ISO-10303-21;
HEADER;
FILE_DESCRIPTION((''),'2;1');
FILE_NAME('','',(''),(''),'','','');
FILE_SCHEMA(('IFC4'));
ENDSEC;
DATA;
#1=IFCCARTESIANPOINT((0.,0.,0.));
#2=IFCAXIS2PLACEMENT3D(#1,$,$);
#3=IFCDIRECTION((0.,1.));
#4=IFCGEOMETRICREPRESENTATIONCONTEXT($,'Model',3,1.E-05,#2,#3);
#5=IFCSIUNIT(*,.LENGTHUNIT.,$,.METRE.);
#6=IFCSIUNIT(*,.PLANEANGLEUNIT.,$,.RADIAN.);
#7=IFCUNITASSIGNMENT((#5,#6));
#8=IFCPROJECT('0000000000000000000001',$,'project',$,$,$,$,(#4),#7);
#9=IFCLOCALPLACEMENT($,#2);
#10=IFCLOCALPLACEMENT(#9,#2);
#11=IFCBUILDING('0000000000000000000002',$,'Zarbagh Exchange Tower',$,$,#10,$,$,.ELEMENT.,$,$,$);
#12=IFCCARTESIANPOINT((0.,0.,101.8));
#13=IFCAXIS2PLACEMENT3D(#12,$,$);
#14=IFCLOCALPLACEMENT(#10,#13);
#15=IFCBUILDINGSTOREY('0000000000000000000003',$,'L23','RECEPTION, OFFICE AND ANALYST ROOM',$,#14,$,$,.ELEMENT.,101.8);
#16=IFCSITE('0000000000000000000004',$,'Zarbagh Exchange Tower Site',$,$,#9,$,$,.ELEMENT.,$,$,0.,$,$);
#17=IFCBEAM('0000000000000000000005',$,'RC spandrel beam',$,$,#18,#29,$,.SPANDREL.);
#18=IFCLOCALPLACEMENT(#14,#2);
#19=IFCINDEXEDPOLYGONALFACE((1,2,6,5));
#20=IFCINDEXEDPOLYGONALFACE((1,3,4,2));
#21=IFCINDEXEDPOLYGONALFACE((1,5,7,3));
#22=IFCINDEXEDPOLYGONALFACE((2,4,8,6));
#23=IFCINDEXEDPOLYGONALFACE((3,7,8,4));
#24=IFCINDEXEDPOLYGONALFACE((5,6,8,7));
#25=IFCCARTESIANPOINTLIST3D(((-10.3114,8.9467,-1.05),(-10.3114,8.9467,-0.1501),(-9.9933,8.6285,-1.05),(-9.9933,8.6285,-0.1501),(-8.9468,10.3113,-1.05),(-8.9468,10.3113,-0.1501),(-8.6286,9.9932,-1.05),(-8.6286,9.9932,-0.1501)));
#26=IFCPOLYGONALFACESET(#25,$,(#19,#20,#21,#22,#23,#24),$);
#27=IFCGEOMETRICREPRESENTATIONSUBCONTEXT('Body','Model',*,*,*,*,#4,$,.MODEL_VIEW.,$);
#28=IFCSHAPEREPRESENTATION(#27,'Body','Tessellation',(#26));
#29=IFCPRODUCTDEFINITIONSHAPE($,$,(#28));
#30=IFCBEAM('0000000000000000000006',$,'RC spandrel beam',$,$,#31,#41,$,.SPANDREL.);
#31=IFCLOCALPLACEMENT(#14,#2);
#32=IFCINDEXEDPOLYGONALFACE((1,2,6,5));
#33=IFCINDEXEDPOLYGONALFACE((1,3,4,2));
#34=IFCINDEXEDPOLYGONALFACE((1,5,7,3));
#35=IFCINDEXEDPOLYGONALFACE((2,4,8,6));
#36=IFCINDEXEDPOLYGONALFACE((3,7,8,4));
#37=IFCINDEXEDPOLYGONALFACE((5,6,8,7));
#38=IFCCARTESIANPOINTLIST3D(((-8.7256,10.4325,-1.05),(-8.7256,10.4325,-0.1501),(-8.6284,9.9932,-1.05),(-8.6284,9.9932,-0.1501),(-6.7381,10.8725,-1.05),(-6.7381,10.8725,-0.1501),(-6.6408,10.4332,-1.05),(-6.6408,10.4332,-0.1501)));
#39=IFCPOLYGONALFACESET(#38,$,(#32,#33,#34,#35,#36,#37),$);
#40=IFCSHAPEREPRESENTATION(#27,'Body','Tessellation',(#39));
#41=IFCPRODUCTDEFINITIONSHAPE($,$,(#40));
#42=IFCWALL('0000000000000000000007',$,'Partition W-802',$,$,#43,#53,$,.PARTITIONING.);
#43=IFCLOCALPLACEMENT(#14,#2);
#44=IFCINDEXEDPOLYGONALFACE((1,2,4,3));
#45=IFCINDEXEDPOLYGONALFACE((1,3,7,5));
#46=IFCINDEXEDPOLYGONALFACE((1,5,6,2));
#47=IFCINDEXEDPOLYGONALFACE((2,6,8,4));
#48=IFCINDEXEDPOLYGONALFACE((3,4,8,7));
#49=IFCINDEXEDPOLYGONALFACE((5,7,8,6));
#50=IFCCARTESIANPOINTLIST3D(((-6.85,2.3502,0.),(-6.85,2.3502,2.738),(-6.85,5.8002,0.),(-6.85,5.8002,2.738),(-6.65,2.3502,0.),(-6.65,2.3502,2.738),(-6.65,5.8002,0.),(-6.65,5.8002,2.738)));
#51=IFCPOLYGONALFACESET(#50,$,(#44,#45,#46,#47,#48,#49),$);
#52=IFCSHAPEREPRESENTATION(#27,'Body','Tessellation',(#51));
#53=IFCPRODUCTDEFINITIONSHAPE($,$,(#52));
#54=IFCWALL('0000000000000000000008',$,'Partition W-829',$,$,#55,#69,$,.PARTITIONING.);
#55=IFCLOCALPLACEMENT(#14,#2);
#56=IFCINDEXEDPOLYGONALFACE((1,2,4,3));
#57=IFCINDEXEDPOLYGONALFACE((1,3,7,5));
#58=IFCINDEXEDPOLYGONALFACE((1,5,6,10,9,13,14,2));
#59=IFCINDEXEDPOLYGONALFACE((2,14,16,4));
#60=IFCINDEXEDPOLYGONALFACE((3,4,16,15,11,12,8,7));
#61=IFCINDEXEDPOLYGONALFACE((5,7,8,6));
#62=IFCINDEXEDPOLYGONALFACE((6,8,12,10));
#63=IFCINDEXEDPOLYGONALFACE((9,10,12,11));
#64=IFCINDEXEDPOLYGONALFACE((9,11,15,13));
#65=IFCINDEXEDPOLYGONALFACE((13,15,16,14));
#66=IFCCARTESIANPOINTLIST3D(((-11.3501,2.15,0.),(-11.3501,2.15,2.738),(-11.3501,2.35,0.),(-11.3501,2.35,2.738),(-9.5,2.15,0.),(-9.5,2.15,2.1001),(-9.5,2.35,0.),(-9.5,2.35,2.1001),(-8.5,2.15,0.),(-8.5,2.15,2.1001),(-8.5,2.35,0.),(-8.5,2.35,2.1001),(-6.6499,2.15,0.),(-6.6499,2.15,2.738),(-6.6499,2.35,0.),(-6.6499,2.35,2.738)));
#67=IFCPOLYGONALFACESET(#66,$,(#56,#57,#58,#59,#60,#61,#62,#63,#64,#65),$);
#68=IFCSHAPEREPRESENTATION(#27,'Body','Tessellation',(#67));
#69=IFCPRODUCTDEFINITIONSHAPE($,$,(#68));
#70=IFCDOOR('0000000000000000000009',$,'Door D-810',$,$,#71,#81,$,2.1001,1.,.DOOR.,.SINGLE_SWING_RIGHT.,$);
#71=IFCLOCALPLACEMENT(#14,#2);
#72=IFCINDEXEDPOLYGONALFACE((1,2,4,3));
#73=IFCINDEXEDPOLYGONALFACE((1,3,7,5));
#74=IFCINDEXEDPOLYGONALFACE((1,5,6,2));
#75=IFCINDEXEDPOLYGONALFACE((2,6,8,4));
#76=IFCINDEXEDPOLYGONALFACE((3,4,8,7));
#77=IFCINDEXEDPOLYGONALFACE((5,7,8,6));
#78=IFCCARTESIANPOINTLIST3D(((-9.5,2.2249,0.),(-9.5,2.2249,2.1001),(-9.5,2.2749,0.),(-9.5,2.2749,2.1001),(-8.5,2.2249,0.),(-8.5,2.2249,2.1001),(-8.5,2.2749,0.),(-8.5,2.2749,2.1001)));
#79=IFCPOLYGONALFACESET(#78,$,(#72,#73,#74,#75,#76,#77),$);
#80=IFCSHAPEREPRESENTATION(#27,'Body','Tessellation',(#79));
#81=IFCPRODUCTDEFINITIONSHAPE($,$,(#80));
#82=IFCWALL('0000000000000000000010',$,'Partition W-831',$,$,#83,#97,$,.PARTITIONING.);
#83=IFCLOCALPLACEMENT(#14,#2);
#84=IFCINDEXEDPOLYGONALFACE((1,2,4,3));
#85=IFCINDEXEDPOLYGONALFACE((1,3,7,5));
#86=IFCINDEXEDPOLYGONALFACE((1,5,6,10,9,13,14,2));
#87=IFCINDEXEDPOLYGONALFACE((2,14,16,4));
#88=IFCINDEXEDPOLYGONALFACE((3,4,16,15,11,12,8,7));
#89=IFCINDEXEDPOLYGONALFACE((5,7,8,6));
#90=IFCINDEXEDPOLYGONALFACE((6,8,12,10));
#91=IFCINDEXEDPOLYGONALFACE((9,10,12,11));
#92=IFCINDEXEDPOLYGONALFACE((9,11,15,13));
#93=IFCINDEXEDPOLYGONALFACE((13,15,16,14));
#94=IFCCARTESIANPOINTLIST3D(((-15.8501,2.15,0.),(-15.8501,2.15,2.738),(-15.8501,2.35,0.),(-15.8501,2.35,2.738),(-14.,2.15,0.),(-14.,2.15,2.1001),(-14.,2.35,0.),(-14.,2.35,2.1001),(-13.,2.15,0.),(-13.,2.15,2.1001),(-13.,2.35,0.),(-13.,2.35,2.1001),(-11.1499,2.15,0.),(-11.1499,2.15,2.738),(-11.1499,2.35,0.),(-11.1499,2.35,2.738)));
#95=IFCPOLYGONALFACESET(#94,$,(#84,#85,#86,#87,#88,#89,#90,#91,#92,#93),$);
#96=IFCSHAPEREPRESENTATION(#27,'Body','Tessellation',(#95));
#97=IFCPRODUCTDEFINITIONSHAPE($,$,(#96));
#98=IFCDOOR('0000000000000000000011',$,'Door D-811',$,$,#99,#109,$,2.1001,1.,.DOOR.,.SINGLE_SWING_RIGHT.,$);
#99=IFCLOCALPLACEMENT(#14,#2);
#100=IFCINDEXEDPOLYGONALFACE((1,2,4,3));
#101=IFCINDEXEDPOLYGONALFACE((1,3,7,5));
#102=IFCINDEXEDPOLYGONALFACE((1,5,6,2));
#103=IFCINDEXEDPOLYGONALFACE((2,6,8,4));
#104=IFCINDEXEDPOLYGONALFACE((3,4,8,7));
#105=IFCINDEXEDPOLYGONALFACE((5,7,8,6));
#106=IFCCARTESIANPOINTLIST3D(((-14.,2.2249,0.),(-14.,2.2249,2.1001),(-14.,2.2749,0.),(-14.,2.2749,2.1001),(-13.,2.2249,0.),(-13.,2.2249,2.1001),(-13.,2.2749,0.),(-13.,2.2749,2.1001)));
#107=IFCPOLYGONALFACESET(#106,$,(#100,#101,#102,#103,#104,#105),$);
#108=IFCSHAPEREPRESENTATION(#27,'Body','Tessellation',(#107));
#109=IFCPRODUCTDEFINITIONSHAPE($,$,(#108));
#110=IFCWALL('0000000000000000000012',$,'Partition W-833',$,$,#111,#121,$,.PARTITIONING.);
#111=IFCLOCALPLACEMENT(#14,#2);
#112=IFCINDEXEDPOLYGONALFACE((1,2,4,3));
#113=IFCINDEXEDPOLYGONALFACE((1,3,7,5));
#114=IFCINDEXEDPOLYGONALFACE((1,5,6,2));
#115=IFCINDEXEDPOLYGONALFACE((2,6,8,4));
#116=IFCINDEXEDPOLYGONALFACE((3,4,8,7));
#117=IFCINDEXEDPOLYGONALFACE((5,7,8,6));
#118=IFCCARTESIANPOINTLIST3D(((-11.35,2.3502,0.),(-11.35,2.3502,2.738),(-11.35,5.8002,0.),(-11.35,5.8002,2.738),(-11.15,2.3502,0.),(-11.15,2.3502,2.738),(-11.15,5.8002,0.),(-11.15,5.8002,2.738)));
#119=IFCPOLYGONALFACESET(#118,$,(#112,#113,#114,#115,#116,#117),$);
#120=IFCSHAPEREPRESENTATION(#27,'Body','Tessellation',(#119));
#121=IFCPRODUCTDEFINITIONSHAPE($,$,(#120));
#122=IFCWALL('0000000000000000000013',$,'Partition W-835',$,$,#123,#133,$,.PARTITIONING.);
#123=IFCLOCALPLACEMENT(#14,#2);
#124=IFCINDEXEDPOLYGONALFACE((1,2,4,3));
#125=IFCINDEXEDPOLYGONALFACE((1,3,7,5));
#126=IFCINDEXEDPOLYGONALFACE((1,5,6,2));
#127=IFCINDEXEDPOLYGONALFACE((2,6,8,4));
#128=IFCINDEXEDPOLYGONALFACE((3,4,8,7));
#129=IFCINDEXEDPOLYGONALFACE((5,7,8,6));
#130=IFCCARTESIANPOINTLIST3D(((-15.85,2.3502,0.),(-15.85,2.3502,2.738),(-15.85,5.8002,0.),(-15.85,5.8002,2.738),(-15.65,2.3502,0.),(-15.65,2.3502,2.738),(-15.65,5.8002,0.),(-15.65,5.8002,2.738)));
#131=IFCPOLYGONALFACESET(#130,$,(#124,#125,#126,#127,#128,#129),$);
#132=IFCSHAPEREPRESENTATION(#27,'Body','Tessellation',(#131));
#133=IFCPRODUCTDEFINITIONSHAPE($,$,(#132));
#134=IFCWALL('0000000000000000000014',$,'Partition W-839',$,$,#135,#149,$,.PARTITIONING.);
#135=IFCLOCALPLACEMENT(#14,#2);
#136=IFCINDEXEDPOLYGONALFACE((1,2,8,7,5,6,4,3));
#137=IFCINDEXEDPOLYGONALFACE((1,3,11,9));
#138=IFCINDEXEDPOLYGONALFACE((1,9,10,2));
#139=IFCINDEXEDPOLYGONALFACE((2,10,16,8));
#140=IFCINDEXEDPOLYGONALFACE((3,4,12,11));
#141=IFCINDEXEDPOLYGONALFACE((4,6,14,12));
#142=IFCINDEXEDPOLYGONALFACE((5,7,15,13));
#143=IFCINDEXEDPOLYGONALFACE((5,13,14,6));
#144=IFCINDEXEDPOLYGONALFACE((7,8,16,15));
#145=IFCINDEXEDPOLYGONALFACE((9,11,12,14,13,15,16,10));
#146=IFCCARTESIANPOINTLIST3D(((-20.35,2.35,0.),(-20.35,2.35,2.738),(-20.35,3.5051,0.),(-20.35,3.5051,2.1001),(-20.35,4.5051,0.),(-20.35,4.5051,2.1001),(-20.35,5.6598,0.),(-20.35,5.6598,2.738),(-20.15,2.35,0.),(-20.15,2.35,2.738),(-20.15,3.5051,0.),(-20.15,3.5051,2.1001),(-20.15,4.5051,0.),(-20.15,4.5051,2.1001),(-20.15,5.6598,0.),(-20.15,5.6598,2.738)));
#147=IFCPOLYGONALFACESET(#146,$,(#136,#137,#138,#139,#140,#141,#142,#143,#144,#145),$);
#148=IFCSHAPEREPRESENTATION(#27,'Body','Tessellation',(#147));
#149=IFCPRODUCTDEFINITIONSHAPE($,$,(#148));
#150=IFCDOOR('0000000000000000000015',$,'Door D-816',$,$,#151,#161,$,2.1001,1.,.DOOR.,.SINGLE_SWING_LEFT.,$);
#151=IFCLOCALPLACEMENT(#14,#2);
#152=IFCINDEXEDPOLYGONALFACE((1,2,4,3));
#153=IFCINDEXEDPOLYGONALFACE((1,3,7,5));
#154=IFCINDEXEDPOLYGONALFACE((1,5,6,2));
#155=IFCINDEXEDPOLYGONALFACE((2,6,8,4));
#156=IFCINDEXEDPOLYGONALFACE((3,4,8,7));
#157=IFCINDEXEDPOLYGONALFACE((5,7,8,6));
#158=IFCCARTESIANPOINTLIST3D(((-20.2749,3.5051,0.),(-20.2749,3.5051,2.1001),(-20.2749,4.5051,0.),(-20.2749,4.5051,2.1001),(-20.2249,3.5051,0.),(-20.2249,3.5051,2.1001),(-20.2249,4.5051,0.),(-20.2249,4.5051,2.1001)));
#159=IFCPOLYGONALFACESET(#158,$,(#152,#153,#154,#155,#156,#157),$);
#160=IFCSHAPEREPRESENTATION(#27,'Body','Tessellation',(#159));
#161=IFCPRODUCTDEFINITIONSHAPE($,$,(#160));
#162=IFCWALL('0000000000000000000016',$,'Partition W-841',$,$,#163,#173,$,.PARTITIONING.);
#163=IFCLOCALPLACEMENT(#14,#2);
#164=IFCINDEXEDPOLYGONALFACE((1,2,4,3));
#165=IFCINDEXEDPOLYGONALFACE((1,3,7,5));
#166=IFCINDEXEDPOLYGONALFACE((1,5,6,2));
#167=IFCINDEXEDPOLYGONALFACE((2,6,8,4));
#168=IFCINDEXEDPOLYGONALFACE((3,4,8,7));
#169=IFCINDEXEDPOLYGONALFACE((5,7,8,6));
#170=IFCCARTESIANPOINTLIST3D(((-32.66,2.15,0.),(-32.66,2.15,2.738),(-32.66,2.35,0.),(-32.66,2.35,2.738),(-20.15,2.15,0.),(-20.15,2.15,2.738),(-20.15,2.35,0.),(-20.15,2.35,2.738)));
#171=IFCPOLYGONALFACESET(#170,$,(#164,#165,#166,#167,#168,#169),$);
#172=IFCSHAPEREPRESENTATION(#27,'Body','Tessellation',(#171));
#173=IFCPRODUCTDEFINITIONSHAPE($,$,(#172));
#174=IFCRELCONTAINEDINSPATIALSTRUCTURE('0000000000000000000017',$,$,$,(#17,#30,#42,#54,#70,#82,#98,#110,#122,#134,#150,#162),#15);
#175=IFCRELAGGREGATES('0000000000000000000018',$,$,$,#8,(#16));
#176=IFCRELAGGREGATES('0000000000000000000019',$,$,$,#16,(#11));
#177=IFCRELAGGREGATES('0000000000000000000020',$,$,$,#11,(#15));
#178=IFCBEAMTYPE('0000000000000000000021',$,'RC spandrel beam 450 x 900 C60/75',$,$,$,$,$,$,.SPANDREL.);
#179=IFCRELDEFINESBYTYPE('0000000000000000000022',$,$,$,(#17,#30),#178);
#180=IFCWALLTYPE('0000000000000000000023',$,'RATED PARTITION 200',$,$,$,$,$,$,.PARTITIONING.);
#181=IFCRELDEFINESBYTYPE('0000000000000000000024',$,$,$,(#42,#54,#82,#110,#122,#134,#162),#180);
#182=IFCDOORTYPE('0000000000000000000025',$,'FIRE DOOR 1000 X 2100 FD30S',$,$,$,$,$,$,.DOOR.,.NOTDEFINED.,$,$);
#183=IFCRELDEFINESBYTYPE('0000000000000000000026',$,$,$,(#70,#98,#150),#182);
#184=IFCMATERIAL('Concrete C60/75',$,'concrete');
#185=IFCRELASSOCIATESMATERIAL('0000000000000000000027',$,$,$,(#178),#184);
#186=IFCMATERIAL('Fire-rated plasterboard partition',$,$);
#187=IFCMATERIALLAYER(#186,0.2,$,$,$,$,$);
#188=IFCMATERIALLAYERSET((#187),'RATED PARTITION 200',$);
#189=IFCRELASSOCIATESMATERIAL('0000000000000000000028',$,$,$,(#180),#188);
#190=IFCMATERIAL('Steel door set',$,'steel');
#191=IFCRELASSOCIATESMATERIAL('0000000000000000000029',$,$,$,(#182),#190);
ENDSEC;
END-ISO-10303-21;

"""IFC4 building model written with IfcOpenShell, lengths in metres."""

from ifc_helpers import new_model, si_unit, direction, frame, frame_2d, origin, origin_2d, place, context, subcontext, project, spatial, rectangle, extrude, material, layer, layer_set, material_profile, profile_set, type_object, element, fill, save


model = new_model("IFC4")

# Units and contexts
model_context = context("Model", 3, precision=1e-05, world=origin(), true_north=direction((0.0, 1.0)))
body_context = subcontext(model_context, "Body", "Model", "MODEL_VIEW")
ifc_project = project(units=[si_unit("LENGTHUNIT", "METRE"), si_unit("PLANEANGLEUNIT", "RADIAN")], contexts=[model_context])

# Site, building, storey
site_placement = place(None, origin())
site = spatial("IfcSite", under=ifc_project, at=site_placement, Name="Zarbagh Exchange Tower Site", CompositionType="ELEMENT", RefElevation=0.0)
building_placement = place(site_placement, origin())
building = spatial("IfcBuilding", under=site, at=building_placement, Name="Zarbagh Exchange Tower", CompositionType="ELEMENT")
storey_placement = place(building_placement, frame((0.0, 0.0, 101.8)))
storey = spatial("IfcBuildingStorey", under=building, at=storey_placement, Name="L23", Description="RECEPTION, OFFICE AND ANALYST ROOM", CompositionType="ELEMENT", Elevation=101.8)

# Shared definitions
ifc_material_1 = material(Name="Concrete C60/75", Category="concrete")

# Beams
ifc_material_profile_1 = material_profile(ifc_material_1, rectangle(XDim=0.45, YDim=0.8999, at=origin_2d()), Name="RC spandrel beam 450 x 900 C60/75")
ifc_profile_set_1 = profile_set([ifc_material_profile_1], Name="Concrete C60/75")
beam_type_1 = type_object("IfcBeamType", Name="RC spandrel beam 450 x 900 C60/75", PredefinedType="SPANDREL", material=ifc_profile_set_1)
beam_1_placement = place(storey_placement, frame((-10.1523, 8.7876, -0.6001), z_axis=(0.707107, 0.707107, 0.0), x_axis=(-0.707107, 0.707107, 0.0)))
element("IfcBeam", 1, at=beam_1_placement, inside=storey, type_object=beam_type_1, Name="RC spandrel beam", PredefinedType="SPANDREL", context=body_context, shape_type="SweptSolid", body=[
    extrude(rectangle(XDim=0.45, YDim=0.8999, at=origin_2d()), origin(), (0.0, 0.0, 1.0), 1.9299),
])
beam_2_placement = place(storey_placement, frame((-8.677, 10.2129, -0.6001), z_axis=(0.976367, 0.216118, 0.0), x_axis=(-0.216118, 0.976367, 0.0)))
element("IfcBeam", 2, at=beam_2_placement, inside=storey, type_object=beam_type_1, Name="RC spandrel beam", PredefinedType="SPANDREL", context=body_context, shape_type="SweptSolid", body=[
    extrude(rectangle(XDim=0.45, YDim=0.8999, at=origin_2d()), origin(), (0.0, 0.0, 1.0), 2.0356),
])

# Wall
ifc_material_2 = material(Name="Fire-rated plasterboard partition")
ifc_layer = layer(ifc_material_2, 0.2)
ifc_layer_set = layer_set([ifc_layer], Name="RATED PARTITION 200")
wall_type = type_object("IfcWallType", Name="RATED PARTITION 200", PredefinedType="PARTITIONING", material=ifc_layer_set)
wall_1_placement = place(storey_placement, frame((-6.75, 2.3501, 0.0), z_axis=(0.0, 0.0, 1.0), x_axis=(0.0, 1.0, 0.0)))
element("IfcWall", 3, at=wall_1_placement, inside=storey, type_object=wall_type, Name="Partition W-802", PredefinedType="PARTITIONING", context=body_context, shape_type="SweptSolid", body=[
    extrude(rectangle(XDim=3.45, YDim=0.2, at=frame_2d((1.7251, 0.0))), origin(), (0.0, 0.0, 1.0), 2.738),
])

# Walls, openings, doors
wall_2_placement = place(storey_placement, frame((-11.3501, 2.25, 0.0), z_axis=(0.0, 0.0, 1.0), x_axis=(1.0, 0.0, 0.0)))
wall_2 = element("IfcWall", 4, at=wall_2_placement, inside=storey, type_object=wall_type, Name="Partition W-829", PredefinedType="PARTITIONING", context=body_context, shape_type="SweptSolid", body=[
    extrude(rectangle(XDim=4.7002, YDim=0.2, at=frame_2d((2.3501, 0.0))), origin(), (0.0, 0.0, 1.0), 2.738),
])
opening_1_placement = place(wall_2_placement, frame((1.8501, 0.0, 0.0)))
opening_1 = element("IfcOpeningElement", 5, at=opening_1_placement, cuts=wall_2, PredefinedType="OPENING", context=body_context, shape_type="SweptSolid", body=[
    extrude(rectangle(XDim=1.0, YDim=2.1001, at=frame_2d((0.5, 1.05))), frame((0.0, 0.1099, 0.0), z_axis=(0.0, -1.0, 0.0), x_axis=(1.0, 0.0, 0.0)), (0.0, 0.0, 1.0), 0.22),
])
ifc_material_3 = material(Name="Steel door set", Category="steel")
door_type = type_object("IfcDoorType", Name="FIRE DOOR 1000 X 2100 FD30S", OperationType="NOTDEFINED", PredefinedType="DOOR", material=ifc_material_3)
door_1_placement = place(opening_1_placement, origin())
door_1 = element("IfcDoor", 6, at=door_1_placement, inside=storey, type_object=door_type, Name="Door D-810", OperationType="SINGLE_SWING_RIGHT", OverallHeight=2.1001, OverallWidth=1.0, PredefinedType="DOOR", context=body_context, shape_type="SweptSolid", body=[
    extrude(rectangle(XDim=1.0, YDim=2.1001, at=frame_2d((0.5, 1.05))), frame((0.0, 0.0249, 0.0), z_axis=(0.0, -1.0, 0.0), x_axis=(1.0, 0.0, 0.0)), (0.0, 0.0, 1.0), 0.05),
])
fill(opening_1, door_1)
wall_3_placement = place(storey_placement, frame((-15.8501, 2.25, 0.0), z_axis=(0.0, 0.0, 1.0), x_axis=(1.0, 0.0, 0.0)))
wall_3 = element("IfcWall", 7, at=wall_3_placement, inside=storey, type_object=wall_type, Name="Partition W-831", PredefinedType="PARTITIONING", context=body_context, shape_type="SweptSolid", body=[
    extrude(rectangle(XDim=4.7002, YDim=0.2, at=frame_2d((2.3501, 0.0))), origin(), (0.0, 0.0, 1.0), 2.738),
])
opening_2_placement = place(wall_3_placement, frame((1.8501, 0.0, 0.0)))
opening_2 = element("IfcOpeningElement", 8, at=opening_2_placement, cuts=wall_3, PredefinedType="OPENING", context=body_context, shape_type="SweptSolid", body=[
    extrude(rectangle(XDim=1.0, YDim=2.1001, at=frame_2d((0.5, 1.05))), frame((0.0, 0.1099, 0.0), z_axis=(0.0, -1.0, 0.0), x_axis=(1.0, 0.0, 0.0)), (0.0, 0.0, 1.0), 0.22),
])
door_2_placement = place(opening_2_placement, origin())
door_2 = element("IfcDoor", 9, at=door_2_placement, inside=storey, type_object=door_type, Name="Door D-811", OperationType="SINGLE_SWING_RIGHT", OverallHeight=2.1001, OverallWidth=1.0, PredefinedType="DOOR", context=body_context, shape_type="SweptSolid", body=[
    extrude(rectangle(XDim=1.0, YDim=2.1001, at=frame_2d((0.5, 1.05))), frame((0.0, 0.0249, 0.0), z_axis=(0.0, -1.0, 0.0), x_axis=(1.0, 0.0, 0.0)), (0.0, 0.0, 1.0), 0.05),
])
fill(opening_2, door_2)

# Walls
for number, where, z_axis, x_axis, name in (
    (10, (-11.25, 2.3501, 0.0), (0.0, 0.0, 1.0), (0.0, 1.0, 0.0), "Partition W-833"),
    (11, (-15.75, 2.3501, 0.0), (0.0, 0.0, 1.0), (0.0, 1.0, 0.0), "Partition W-835"),
):
    element("IfcWall", number, at=place(storey_placement, frame(where, z_axis=z_axis, x_axis=x_axis)), inside=storey, type_object=wall_type, Name=name, PredefinedType="PARTITIONING", context=body_context, shape_type="SweptSolid", body=[
        extrude(rectangle(XDim=3.45, YDim=0.2, at=frame_2d((1.7251, 0.0))), origin(), (0.0, 0.0, 1.0), 2.738),
    ])

# Wall, opening, door
wall_4_placement = place(storey_placement, frame((-20.25, 2.3501, 0.0), z_axis=(0.0, 0.0, 1.0), x_axis=(0.0, 1.0, 0.0)))
wall_4 = element("IfcWall", 12, at=wall_4_placement, inside=storey, type_object=wall_type, Name="Partition W-839", PredefinedType="PARTITIONING", context=body_context, shape_type="SweptSolid", body=[
    extrude(rectangle(XDim=3.3098, YDim=0.2, at=frame_2d((1.6548, 0.0))), origin(), (0.0, 0.0, 1.0), 2.738),
])
opening_3_placement = place(wall_4_placement, frame((1.155, 0.0, 0.0)))
opening_3 = element("IfcOpeningElement", 13, at=opening_3_placement, cuts=wall_4, PredefinedType="OPENING", context=body_context, shape_type="SweptSolid", body=[
    extrude(rectangle(XDim=1.0, YDim=2.1001, at=frame_2d((0.5, 1.05))), frame((0.0, 0.1099, 0.0), z_axis=(0.0, -1.0, 0.0), x_axis=(1.0, 0.0, 0.0)), (0.0, 0.0, 1.0), 0.22),
])
door_3_placement = place(opening_3_placement, origin())
door_3 = element("IfcDoor", 14, at=door_3_placement, inside=storey, type_object=door_type, Name="Door D-816", OperationType="SINGLE_SWING_LEFT", OverallHeight=2.1001, OverallWidth=1.0, PredefinedType="DOOR", context=body_context, shape_type="SweptSolid", body=[
    extrude(rectangle(XDim=1.0, YDim=2.1001, at=frame_2d((0.5, 1.05))), frame((0.0, 0.0249, 0.0), z_axis=(0.0, -1.0, 0.0), x_axis=(1.0, 0.0, 0.0)), (0.0, 0.0, 1.0), 0.05),
])
fill(opening_3, door_3)

# Wall
wall_5_placement = place(storey_placement, frame((-32.6599, 2.25, 0.0), z_axis=(0.0, 0.0, 1.0), x_axis=(1.0, 0.0, 0.0)))
element("IfcWall", 15, at=wall_5_placement, inside=storey, type_object=wall_type, Name="Partition W-841", PredefinedType="PARTITIONING", context=body_context, shape_type="SweptSolid", body=[
    extrude(rectangle(XDim=12.51, YDim=0.2, at=frame_2d((6.2549, 0.0))), origin(), (0.0, 0.0, 1.0), 2.738),
])

save(model, "model.ifc")
